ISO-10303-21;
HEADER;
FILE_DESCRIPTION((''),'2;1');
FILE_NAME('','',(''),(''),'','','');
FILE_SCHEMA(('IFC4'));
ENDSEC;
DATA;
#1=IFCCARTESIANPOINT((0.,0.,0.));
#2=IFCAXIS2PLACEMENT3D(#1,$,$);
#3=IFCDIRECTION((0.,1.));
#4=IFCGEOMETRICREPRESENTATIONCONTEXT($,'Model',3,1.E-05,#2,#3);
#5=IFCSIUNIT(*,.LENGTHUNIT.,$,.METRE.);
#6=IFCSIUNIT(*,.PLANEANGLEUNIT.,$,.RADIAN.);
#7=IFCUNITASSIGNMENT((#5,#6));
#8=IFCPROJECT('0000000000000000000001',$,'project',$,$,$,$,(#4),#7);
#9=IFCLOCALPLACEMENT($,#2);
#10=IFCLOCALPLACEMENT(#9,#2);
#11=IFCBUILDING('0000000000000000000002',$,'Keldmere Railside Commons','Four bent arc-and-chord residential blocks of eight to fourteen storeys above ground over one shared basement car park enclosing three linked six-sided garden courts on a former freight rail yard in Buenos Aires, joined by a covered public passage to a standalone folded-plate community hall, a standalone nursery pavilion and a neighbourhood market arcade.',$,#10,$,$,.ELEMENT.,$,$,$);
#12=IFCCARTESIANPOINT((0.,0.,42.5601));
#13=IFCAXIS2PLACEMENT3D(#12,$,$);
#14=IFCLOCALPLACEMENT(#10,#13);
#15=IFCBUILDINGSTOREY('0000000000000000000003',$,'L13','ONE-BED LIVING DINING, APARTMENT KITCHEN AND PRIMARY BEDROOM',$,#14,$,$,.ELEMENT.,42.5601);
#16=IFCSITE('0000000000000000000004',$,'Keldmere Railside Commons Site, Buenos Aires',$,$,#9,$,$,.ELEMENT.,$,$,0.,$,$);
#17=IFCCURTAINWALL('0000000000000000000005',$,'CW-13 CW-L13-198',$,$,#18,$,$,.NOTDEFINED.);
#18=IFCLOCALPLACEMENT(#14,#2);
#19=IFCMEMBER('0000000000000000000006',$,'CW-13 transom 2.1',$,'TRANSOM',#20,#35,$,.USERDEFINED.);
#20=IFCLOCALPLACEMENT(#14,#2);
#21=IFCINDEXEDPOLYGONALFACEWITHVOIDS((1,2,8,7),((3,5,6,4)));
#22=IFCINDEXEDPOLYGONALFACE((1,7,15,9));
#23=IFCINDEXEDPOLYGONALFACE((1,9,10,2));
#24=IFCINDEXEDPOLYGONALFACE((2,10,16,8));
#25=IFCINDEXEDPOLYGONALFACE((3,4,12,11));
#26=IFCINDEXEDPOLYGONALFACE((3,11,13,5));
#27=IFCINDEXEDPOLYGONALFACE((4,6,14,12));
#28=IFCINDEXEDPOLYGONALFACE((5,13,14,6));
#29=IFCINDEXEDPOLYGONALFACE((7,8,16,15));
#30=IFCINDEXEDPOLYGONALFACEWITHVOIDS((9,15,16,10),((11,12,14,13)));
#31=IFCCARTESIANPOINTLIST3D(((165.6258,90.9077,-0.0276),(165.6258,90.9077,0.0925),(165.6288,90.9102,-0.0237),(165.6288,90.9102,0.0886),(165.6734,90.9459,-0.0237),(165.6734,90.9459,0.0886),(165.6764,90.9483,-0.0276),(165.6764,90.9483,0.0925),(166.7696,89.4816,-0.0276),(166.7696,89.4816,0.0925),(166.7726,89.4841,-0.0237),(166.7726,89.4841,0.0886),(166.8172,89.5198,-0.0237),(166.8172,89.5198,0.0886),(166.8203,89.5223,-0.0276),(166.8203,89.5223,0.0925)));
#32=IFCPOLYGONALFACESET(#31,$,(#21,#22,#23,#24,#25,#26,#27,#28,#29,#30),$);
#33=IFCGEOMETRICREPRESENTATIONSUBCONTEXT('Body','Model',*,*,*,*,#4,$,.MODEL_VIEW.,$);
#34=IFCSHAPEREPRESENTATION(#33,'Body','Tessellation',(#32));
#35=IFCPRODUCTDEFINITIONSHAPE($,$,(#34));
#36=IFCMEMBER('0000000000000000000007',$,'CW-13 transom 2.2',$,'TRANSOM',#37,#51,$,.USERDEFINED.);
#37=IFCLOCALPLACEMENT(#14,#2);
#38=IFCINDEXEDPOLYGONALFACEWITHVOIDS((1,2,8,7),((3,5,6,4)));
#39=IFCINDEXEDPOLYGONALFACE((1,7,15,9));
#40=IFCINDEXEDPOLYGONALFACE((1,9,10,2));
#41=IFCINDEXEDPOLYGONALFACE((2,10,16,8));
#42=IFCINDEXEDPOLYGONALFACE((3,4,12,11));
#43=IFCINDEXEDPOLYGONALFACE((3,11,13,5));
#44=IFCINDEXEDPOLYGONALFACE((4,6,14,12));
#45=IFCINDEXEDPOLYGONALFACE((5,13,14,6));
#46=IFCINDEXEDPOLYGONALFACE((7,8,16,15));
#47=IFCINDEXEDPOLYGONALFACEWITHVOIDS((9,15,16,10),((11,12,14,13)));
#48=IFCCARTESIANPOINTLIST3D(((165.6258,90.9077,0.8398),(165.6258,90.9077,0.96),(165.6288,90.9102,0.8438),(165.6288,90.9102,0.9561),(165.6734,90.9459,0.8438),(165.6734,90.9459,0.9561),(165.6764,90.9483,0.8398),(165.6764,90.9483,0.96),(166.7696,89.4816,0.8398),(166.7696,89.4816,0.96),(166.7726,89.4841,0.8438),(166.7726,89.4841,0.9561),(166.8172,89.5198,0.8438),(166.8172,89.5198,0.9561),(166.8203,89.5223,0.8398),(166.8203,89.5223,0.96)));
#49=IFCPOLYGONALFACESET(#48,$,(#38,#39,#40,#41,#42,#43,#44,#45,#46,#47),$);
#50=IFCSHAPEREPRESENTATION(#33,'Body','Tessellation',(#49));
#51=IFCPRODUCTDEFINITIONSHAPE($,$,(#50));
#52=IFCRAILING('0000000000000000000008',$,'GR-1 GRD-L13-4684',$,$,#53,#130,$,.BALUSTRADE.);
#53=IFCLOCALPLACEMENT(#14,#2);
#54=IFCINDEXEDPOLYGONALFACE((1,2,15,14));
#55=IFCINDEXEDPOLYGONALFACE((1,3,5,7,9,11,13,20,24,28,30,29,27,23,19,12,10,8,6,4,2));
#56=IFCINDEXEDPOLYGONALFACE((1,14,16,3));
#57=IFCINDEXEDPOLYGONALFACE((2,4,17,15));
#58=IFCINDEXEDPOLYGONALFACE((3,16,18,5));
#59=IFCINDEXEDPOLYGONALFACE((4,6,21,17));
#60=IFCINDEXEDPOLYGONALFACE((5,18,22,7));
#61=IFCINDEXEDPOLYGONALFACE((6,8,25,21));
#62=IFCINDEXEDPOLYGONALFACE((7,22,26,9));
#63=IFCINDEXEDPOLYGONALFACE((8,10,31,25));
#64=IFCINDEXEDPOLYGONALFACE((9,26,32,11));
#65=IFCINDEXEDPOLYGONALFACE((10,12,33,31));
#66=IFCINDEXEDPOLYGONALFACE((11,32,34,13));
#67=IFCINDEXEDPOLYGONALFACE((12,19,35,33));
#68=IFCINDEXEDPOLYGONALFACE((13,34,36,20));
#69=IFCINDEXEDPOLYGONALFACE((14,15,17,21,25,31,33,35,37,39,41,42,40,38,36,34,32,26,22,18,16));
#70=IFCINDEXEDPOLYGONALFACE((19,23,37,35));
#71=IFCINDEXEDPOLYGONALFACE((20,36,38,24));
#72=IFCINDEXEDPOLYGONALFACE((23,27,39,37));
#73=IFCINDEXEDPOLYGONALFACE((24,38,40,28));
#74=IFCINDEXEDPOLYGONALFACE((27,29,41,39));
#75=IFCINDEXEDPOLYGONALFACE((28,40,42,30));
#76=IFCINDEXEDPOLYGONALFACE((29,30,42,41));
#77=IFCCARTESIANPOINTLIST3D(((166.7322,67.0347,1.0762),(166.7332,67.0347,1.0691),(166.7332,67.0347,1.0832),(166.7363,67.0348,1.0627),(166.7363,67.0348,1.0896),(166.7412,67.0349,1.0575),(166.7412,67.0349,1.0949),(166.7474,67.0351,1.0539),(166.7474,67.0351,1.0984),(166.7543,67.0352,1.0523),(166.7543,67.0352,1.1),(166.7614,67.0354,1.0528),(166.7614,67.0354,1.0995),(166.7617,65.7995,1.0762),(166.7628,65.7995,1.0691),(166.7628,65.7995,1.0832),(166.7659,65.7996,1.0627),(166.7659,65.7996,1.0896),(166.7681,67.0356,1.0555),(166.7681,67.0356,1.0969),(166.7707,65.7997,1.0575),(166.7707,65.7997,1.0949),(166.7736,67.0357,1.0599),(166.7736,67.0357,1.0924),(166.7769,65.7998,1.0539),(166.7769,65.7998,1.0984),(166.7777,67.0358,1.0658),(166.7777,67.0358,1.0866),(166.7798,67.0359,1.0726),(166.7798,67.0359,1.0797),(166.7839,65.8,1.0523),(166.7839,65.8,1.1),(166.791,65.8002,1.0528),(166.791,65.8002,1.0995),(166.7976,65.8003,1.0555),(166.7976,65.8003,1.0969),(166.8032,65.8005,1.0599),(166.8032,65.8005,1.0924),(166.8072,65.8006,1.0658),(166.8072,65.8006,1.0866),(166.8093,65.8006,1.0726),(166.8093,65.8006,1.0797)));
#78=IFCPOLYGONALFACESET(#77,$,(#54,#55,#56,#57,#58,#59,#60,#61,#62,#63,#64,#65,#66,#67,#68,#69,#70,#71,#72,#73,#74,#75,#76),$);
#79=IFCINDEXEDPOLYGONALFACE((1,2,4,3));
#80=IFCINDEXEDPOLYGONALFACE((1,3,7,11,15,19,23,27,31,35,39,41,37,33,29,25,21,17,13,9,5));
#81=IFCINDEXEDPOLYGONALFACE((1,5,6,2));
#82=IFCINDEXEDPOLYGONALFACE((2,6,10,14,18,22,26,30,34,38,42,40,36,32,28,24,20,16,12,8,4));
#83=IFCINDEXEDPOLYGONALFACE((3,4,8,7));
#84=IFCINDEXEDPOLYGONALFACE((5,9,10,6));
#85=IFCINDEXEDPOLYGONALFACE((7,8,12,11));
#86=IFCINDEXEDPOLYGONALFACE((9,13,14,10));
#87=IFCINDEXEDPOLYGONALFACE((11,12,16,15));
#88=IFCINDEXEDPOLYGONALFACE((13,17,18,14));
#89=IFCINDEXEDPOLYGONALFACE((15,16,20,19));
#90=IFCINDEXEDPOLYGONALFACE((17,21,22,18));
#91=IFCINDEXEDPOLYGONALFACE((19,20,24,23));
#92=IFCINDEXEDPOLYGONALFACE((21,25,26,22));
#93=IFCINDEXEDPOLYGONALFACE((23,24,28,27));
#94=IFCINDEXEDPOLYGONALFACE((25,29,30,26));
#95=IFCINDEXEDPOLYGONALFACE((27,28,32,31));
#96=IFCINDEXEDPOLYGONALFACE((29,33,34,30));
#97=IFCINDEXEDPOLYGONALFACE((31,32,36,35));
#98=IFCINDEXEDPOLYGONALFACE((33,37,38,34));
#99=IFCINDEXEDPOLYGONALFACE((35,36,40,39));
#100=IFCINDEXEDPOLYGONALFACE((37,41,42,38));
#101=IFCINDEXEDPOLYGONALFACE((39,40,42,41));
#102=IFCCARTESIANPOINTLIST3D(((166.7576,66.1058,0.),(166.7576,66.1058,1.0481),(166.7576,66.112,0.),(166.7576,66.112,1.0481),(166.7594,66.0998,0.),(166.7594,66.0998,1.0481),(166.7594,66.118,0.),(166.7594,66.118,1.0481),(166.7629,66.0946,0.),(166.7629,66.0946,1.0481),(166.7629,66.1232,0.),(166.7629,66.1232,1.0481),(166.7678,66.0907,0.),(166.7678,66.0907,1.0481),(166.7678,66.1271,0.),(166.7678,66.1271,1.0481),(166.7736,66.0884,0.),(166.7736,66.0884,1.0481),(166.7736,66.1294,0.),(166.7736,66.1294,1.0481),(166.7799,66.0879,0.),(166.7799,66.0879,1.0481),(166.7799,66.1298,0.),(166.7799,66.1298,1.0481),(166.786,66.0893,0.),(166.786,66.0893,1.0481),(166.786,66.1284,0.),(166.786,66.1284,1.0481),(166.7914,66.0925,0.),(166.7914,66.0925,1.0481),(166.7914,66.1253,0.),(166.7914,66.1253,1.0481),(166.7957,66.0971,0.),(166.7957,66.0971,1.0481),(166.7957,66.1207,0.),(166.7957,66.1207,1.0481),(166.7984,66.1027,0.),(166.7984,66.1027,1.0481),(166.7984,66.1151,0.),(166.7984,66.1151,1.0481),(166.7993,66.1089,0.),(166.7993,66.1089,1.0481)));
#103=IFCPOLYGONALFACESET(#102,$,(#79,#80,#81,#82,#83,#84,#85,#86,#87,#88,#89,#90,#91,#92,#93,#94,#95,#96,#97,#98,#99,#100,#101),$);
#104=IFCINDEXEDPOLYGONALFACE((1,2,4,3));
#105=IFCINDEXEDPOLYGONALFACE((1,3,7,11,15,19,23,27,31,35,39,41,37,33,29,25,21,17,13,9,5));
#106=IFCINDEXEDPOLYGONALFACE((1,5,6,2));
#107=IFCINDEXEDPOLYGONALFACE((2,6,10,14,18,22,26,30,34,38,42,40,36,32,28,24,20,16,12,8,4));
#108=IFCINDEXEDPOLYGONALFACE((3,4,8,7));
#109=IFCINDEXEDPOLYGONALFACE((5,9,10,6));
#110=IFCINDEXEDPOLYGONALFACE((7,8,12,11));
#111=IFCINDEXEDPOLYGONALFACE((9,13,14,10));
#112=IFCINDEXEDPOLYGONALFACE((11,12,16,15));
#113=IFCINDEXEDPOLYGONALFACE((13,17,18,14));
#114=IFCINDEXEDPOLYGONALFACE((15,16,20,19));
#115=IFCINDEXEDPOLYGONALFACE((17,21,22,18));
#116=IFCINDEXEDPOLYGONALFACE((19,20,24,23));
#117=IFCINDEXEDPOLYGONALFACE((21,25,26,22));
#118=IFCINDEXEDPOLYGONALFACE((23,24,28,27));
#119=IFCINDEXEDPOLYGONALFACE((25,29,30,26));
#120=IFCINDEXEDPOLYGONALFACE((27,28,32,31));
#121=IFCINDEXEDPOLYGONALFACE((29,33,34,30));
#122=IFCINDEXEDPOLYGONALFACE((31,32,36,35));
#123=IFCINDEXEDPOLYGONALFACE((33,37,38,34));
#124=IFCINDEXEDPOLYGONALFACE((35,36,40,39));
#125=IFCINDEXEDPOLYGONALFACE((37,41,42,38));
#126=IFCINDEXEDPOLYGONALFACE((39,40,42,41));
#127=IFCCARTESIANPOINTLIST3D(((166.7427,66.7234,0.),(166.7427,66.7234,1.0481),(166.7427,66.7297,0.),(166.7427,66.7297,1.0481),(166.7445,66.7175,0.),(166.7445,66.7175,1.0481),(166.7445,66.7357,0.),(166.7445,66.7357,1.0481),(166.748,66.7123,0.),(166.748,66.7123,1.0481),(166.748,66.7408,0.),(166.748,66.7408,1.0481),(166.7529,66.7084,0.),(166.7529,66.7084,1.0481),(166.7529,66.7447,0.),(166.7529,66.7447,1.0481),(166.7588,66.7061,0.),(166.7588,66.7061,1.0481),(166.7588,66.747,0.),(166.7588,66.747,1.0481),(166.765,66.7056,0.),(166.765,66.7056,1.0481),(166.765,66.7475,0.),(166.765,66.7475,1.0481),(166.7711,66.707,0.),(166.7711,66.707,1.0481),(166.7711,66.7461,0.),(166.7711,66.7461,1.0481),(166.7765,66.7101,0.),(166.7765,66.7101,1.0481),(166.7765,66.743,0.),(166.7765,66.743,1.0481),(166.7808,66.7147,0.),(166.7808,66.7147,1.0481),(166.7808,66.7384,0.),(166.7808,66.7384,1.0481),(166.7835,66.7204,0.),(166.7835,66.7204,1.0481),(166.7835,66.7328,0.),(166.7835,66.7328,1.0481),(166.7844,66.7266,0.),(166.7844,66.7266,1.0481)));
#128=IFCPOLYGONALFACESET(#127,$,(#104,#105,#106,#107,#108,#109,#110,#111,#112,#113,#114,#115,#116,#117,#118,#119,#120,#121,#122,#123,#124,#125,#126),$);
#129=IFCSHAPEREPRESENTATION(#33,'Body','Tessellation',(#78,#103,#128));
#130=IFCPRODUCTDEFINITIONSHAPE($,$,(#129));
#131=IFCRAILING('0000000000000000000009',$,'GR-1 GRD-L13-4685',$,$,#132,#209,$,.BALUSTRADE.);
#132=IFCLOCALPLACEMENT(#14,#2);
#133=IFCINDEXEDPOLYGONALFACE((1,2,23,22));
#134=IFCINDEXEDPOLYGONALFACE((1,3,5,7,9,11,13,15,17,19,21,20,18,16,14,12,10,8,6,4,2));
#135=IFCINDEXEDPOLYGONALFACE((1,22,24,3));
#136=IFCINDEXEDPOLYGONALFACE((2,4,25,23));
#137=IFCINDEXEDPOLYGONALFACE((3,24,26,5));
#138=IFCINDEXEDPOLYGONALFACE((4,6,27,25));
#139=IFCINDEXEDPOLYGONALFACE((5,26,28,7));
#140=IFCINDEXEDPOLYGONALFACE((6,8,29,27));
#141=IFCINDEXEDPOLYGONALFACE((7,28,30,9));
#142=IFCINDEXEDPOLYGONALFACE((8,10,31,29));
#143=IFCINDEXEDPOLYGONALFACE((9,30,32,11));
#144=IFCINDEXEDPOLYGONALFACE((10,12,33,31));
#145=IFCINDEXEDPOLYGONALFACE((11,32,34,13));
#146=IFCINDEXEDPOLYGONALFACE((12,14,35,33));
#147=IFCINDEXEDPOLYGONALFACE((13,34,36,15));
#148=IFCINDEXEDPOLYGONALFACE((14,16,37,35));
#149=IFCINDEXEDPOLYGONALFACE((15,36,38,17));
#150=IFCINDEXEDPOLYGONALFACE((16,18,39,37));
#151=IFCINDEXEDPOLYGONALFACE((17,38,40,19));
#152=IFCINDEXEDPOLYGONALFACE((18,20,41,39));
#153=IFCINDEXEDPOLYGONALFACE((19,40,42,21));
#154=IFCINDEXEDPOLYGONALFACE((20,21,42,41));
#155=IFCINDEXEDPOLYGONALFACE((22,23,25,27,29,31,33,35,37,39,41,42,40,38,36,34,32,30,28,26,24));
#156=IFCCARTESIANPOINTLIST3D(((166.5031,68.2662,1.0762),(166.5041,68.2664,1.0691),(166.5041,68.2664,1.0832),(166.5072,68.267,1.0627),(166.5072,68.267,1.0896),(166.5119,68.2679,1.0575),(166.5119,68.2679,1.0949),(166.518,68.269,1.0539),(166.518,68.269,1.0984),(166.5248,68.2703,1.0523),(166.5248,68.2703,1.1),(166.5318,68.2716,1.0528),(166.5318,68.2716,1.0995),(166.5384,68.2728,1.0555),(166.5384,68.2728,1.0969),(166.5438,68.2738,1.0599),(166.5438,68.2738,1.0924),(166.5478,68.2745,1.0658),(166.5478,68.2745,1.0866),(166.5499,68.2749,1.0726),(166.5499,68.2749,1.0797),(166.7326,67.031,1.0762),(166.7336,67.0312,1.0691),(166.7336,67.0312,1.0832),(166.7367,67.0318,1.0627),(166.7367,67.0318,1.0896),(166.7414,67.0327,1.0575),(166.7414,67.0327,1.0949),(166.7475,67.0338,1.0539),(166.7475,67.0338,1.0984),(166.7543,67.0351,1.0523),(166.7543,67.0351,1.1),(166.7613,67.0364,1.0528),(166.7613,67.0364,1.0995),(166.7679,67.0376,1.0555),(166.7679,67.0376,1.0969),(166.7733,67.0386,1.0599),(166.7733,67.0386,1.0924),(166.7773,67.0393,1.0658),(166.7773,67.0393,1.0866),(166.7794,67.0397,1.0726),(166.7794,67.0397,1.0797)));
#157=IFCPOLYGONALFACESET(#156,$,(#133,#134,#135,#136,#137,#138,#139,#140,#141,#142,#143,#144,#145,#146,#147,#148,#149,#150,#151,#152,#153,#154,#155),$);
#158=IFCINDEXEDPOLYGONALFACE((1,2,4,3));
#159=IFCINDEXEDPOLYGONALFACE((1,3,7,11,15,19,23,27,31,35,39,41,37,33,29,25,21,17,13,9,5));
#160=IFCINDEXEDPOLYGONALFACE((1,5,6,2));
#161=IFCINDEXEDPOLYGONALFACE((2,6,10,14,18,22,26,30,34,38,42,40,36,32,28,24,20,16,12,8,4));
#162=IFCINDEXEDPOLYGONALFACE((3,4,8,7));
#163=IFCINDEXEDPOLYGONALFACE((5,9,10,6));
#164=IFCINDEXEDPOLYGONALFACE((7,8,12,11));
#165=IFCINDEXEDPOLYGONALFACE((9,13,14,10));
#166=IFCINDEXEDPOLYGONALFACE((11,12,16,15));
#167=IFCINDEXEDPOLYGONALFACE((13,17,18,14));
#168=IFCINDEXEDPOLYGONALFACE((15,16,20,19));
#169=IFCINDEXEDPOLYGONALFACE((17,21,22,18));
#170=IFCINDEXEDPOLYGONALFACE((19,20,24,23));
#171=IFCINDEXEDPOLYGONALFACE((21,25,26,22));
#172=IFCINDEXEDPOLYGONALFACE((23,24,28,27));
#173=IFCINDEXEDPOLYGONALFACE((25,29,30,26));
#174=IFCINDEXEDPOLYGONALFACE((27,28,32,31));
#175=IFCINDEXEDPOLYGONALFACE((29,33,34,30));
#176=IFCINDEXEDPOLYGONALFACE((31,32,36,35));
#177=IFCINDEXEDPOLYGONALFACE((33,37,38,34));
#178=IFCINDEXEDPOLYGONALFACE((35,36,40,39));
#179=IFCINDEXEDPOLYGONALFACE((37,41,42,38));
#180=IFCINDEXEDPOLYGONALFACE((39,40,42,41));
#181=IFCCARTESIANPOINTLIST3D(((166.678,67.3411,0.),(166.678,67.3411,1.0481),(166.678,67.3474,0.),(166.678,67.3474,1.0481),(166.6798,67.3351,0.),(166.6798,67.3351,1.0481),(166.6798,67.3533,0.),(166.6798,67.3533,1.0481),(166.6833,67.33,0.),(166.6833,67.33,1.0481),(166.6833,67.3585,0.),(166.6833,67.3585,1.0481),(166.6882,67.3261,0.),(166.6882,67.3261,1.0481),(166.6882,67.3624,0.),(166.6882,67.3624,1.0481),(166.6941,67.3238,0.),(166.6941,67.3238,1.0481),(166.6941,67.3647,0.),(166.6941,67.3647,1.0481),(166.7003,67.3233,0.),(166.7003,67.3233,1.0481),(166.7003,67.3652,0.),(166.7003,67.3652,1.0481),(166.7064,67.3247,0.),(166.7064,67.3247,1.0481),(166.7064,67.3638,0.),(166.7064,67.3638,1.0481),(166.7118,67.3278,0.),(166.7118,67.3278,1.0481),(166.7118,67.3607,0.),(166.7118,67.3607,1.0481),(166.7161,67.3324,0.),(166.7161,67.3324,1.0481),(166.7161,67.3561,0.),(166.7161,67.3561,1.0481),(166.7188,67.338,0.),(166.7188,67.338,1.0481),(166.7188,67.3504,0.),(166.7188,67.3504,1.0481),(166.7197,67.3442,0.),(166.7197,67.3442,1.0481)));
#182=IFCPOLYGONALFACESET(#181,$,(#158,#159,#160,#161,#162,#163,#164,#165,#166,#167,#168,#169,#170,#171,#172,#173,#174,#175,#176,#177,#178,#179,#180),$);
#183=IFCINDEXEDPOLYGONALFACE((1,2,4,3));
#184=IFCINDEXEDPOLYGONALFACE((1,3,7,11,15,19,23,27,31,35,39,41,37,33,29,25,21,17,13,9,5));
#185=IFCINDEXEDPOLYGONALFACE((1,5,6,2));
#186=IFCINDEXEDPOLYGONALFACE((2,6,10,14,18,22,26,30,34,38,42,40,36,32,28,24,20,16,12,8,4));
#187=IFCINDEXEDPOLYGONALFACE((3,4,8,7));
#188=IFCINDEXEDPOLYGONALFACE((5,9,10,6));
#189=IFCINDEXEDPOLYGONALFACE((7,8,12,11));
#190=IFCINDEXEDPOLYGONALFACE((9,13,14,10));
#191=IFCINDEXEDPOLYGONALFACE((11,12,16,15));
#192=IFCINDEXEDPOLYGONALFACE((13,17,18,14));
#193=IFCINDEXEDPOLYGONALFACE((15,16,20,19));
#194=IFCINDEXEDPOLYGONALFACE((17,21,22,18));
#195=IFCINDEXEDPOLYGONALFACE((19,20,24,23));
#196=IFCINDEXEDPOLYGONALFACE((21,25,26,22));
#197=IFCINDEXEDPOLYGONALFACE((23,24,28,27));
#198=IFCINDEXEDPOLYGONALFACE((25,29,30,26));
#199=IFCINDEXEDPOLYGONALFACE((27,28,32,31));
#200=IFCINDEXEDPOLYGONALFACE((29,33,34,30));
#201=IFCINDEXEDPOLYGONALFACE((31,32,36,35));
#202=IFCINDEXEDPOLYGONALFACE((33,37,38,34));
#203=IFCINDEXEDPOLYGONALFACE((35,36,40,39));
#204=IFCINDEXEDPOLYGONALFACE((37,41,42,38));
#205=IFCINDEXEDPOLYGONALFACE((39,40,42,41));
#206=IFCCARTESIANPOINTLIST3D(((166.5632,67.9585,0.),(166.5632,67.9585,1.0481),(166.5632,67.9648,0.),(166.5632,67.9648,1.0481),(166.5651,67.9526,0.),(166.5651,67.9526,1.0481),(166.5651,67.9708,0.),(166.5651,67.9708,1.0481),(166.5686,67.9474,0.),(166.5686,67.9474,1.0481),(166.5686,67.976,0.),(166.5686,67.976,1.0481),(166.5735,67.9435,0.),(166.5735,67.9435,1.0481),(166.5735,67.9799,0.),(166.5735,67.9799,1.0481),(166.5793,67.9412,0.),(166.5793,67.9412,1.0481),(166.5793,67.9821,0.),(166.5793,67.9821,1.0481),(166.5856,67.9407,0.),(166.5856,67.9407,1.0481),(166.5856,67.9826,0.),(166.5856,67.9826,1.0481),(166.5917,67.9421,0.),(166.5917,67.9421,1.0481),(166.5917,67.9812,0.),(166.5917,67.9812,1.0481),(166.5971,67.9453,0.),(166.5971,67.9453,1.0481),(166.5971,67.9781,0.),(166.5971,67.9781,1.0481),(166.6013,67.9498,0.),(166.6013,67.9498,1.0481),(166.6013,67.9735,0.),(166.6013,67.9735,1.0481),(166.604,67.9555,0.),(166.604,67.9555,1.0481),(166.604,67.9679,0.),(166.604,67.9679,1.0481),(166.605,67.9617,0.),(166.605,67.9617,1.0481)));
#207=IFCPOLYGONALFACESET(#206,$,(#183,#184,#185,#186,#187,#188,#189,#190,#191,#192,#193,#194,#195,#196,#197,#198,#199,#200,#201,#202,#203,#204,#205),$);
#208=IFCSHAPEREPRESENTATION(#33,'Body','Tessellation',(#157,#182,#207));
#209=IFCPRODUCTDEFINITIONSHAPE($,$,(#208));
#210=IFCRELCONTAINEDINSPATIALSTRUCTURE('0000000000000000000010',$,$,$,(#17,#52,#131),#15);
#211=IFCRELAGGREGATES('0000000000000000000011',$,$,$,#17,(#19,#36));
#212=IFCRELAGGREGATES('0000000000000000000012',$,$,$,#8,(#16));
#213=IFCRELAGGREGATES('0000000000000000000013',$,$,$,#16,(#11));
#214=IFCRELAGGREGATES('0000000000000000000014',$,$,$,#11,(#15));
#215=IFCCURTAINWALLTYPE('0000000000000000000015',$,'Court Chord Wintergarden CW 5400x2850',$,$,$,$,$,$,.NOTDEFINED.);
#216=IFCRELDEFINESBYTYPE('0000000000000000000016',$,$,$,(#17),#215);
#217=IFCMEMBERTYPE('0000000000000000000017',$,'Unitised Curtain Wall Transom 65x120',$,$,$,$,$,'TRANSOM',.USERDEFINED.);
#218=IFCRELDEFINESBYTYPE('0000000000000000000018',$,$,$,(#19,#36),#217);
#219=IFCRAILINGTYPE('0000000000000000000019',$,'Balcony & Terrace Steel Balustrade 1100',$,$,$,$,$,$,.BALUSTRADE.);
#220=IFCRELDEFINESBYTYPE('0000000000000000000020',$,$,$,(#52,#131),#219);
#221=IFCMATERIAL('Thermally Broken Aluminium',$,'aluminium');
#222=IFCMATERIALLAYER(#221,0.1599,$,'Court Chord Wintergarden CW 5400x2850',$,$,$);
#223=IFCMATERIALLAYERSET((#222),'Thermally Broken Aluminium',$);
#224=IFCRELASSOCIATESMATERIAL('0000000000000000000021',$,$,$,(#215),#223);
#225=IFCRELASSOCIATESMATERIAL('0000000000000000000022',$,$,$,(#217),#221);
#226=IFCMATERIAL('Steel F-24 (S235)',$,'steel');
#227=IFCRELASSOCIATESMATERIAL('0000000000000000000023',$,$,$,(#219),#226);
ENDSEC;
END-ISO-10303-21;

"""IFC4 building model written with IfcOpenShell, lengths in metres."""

from ifc_helpers import new_model, si_unit, direction, frame, origin, origin_2d, place, context, subcontext, project, spatial, hollow_rectangle, circle, extrude, material, layer, layer_set, material_profile, profile_set, type_object, element, aggregate, save


model = new_model("IFC4")

# Units and contexts
model_context = context("Model", 3, precision=1e-05, world=origin(), true_north=direction((0.0, 1.0)))
body_context = subcontext(model_context, "Body", "Model", "MODEL_VIEW")
ifc_project = project(units=[si_unit("LENGTHUNIT", "METRE"), si_unit("PLANEANGLEUNIT", "RADIAN")], contexts=[model_context])

# Site, building, storey
site_placement = place(None, origin())
site = spatial("IfcSite", under=ifc_project, at=site_placement, Name="Keldmere Railside Commons Site, Buenos Aires", CompositionType="ELEMENT", RefElevation=0.0)
building_placement = place(site_placement, origin())
building = spatial("IfcBuilding", under=site, at=building_placement, Name="Keldmere Railside Commons", Description="Four bent arc-and-chord residential blocks of eight to fourteen storeys above ground over one shared basement car park enclosing three linked six-sided garden courts on a former freight rail yard in Buenos Aires, joined by a covered public passage to a standalone folded-plate community hall, a standalone nursery pavilion and a neighbourhood market arcade.", CompositionType="ELEMENT")
storey_placement = place(building_placement, frame((0.0, 0.0, 42.5601)))
storey = spatial("IfcBuildingStorey", under=building, at=storey_placement, Name="L13", Description="ONE-BED LIVING DINING, APARTMENT KITCHEN AND PRIMARY BEDROOM", CompositionType="ELEMENT", Elevation=42.5601)

# Curtain wall, members
ifc_material_1 = material(Name="Thermally Broken Aluminium", Category="aluminium")
ifc_layer = layer(ifc_material_1, 0.1599, Name="Court Chord Wintergarden CW 5400x2850")
ifc_layer_set = layer_set([ifc_layer], Name="Thermally Broken Aluminium")
curtain_wall_type = type_object("IfcCurtainWallType", Name="Court Chord Wintergarden CW 5400x2850", PredefinedType="NOTDEFINED", material=ifc_layer_set)
curtain_wall_placement = place(storey_placement, origin())
curtain_wall = element("IfcCurtainWall", 1, at=curtain_wall_placement, inside=storey, type_object=curtain_wall_type, Name="CW-13 CW-L13-198", PredefinedType="NOTDEFINED")
ifc_material_profile = material_profile(ifc_material_1, hollow_rectangle(XDim=0.0649, YDim=0.1201, WallThickness=0.0039, at=origin_2d()), Name="ALU-TRAN-65x120")
ifc_profile_set = profile_set([ifc_material_profile], Name="Thermally Broken Aluminium")
member_type = type_object("IfcMemberType", Name="Unitised Curtain Wall Transom 65x120", ElementType="TRANSOM", PredefinedType="USERDEFINED", material=ifc_profile_set)
member_1_placement = place(storey_placement, frame((166.7949, 89.502, 0.0325), z_axis=(-0.625688, 0.780073, 0.0), x_axis=(-0.780073, -0.625688, 0.0)))
member_1 = element("IfcMember", 2, at=member_1_placement, type_object=member_type, Name="CW-13 transom 2.1", ObjectType="TRANSOM", PredefinedType="USERDEFINED", context=body_context, shape_type="SweptSolid", body=[
    extrude(hollow_rectangle(XDim=0.0649, YDim=0.1201, WallThickness=0.0039, at=origin_2d()), origin(), (0.0, 0.0, 1.0), 1.8281),
])
member_2_placement = place(storey_placement, frame((166.7949, 89.502, 0.8999), z_axis=(-0.625688, 0.780073, 0.0), x_axis=(-0.780073, -0.625688, 0.0)))
member_2 = element("IfcMember", 3, at=member_2_placement, type_object=member_type, Name="CW-13 transom 2.2", ObjectType="TRANSOM", PredefinedType="USERDEFINED", context=body_context, shape_type="SweptSolid", body=[
    extrude(hollow_rectangle(XDim=0.0649, YDim=0.1201, WallThickness=0.0039, at=origin_2d()), origin(), (0.0, 0.0, 1.0), 1.8281),
])
aggregate(curtain_wall, [member_1, member_2])

# Railings
ifc_material_2 = material(Name="Steel F-24 (S235)", Category="steel")
railing_type = type_object("IfcRailingType", Name="Balcony & Terrace Steel Balustrade 1100", PredefinedType="BALUSTRADE", material=ifc_material_2)
railing_1_placement = place(storey_placement, frame((166.7856, 65.8, 0.0)))
element("IfcRailing", 4, at=railing_1_placement, inside=storey, type_object=railing_type, Name="GR-1 GRD-L13-4684", PredefinedType="BALUSTRADE", context=body_context, shape_type="SweptSolid", body=[
    extrude(circle(Radius=0.0239, at=origin_2d()), frame((0.0, 0.0, 1.0762), z_axis=(-0.023906, 0.999714, 0.0), x_axis=(-0.999714, -0.023906, 0.0)), (0.0, 0.0, 1.0), 1.2356),
    extrude(circle(Radius=0.021, at=origin_2d()), frame((-0.0073, 0.3088, 0.0)), (0.0, 0.0, 1.0), 1.0481),
    extrude(circle(Radius=0.021, at=origin_2d()), frame((-0.0222, 0.9265, 0.0)), (0.0, 0.0, 1.0), 1.0481),
])
railing_2_placement = place(storey_placement, frame((166.7561, 67.0354, 0.0)))
element("IfcRailing", 5, at=railing_2_placement, inside=storey, type_object=railing_type, Name="GR-1 GRD-L13-4685", PredefinedType="BALUSTRADE", context=body_context, shape_type="SweptSolid", body=[
    extrude(circle(Radius=0.0239, at=origin_2d()), frame((0.0, 0.0, 1.0762), z_axis=(-0.182681, 0.983172, 0.0), x_axis=(-0.983172, -0.182681, 0.0)), (0.0, 0.0, 1.0), 1.2563),
    extrude(circle(Radius=0.021, at=origin_2d()), frame((-0.0574, 0.3088, 0.0)), (0.0, 0.0, 1.0), 1.0481),
    extrude(circle(Radius=0.021, at=origin_2d()), frame((-0.1721, 0.9263, 0.0)), (0.0, 0.0, 1.0), 1.0481),
])

save(model, "model.ifc")
